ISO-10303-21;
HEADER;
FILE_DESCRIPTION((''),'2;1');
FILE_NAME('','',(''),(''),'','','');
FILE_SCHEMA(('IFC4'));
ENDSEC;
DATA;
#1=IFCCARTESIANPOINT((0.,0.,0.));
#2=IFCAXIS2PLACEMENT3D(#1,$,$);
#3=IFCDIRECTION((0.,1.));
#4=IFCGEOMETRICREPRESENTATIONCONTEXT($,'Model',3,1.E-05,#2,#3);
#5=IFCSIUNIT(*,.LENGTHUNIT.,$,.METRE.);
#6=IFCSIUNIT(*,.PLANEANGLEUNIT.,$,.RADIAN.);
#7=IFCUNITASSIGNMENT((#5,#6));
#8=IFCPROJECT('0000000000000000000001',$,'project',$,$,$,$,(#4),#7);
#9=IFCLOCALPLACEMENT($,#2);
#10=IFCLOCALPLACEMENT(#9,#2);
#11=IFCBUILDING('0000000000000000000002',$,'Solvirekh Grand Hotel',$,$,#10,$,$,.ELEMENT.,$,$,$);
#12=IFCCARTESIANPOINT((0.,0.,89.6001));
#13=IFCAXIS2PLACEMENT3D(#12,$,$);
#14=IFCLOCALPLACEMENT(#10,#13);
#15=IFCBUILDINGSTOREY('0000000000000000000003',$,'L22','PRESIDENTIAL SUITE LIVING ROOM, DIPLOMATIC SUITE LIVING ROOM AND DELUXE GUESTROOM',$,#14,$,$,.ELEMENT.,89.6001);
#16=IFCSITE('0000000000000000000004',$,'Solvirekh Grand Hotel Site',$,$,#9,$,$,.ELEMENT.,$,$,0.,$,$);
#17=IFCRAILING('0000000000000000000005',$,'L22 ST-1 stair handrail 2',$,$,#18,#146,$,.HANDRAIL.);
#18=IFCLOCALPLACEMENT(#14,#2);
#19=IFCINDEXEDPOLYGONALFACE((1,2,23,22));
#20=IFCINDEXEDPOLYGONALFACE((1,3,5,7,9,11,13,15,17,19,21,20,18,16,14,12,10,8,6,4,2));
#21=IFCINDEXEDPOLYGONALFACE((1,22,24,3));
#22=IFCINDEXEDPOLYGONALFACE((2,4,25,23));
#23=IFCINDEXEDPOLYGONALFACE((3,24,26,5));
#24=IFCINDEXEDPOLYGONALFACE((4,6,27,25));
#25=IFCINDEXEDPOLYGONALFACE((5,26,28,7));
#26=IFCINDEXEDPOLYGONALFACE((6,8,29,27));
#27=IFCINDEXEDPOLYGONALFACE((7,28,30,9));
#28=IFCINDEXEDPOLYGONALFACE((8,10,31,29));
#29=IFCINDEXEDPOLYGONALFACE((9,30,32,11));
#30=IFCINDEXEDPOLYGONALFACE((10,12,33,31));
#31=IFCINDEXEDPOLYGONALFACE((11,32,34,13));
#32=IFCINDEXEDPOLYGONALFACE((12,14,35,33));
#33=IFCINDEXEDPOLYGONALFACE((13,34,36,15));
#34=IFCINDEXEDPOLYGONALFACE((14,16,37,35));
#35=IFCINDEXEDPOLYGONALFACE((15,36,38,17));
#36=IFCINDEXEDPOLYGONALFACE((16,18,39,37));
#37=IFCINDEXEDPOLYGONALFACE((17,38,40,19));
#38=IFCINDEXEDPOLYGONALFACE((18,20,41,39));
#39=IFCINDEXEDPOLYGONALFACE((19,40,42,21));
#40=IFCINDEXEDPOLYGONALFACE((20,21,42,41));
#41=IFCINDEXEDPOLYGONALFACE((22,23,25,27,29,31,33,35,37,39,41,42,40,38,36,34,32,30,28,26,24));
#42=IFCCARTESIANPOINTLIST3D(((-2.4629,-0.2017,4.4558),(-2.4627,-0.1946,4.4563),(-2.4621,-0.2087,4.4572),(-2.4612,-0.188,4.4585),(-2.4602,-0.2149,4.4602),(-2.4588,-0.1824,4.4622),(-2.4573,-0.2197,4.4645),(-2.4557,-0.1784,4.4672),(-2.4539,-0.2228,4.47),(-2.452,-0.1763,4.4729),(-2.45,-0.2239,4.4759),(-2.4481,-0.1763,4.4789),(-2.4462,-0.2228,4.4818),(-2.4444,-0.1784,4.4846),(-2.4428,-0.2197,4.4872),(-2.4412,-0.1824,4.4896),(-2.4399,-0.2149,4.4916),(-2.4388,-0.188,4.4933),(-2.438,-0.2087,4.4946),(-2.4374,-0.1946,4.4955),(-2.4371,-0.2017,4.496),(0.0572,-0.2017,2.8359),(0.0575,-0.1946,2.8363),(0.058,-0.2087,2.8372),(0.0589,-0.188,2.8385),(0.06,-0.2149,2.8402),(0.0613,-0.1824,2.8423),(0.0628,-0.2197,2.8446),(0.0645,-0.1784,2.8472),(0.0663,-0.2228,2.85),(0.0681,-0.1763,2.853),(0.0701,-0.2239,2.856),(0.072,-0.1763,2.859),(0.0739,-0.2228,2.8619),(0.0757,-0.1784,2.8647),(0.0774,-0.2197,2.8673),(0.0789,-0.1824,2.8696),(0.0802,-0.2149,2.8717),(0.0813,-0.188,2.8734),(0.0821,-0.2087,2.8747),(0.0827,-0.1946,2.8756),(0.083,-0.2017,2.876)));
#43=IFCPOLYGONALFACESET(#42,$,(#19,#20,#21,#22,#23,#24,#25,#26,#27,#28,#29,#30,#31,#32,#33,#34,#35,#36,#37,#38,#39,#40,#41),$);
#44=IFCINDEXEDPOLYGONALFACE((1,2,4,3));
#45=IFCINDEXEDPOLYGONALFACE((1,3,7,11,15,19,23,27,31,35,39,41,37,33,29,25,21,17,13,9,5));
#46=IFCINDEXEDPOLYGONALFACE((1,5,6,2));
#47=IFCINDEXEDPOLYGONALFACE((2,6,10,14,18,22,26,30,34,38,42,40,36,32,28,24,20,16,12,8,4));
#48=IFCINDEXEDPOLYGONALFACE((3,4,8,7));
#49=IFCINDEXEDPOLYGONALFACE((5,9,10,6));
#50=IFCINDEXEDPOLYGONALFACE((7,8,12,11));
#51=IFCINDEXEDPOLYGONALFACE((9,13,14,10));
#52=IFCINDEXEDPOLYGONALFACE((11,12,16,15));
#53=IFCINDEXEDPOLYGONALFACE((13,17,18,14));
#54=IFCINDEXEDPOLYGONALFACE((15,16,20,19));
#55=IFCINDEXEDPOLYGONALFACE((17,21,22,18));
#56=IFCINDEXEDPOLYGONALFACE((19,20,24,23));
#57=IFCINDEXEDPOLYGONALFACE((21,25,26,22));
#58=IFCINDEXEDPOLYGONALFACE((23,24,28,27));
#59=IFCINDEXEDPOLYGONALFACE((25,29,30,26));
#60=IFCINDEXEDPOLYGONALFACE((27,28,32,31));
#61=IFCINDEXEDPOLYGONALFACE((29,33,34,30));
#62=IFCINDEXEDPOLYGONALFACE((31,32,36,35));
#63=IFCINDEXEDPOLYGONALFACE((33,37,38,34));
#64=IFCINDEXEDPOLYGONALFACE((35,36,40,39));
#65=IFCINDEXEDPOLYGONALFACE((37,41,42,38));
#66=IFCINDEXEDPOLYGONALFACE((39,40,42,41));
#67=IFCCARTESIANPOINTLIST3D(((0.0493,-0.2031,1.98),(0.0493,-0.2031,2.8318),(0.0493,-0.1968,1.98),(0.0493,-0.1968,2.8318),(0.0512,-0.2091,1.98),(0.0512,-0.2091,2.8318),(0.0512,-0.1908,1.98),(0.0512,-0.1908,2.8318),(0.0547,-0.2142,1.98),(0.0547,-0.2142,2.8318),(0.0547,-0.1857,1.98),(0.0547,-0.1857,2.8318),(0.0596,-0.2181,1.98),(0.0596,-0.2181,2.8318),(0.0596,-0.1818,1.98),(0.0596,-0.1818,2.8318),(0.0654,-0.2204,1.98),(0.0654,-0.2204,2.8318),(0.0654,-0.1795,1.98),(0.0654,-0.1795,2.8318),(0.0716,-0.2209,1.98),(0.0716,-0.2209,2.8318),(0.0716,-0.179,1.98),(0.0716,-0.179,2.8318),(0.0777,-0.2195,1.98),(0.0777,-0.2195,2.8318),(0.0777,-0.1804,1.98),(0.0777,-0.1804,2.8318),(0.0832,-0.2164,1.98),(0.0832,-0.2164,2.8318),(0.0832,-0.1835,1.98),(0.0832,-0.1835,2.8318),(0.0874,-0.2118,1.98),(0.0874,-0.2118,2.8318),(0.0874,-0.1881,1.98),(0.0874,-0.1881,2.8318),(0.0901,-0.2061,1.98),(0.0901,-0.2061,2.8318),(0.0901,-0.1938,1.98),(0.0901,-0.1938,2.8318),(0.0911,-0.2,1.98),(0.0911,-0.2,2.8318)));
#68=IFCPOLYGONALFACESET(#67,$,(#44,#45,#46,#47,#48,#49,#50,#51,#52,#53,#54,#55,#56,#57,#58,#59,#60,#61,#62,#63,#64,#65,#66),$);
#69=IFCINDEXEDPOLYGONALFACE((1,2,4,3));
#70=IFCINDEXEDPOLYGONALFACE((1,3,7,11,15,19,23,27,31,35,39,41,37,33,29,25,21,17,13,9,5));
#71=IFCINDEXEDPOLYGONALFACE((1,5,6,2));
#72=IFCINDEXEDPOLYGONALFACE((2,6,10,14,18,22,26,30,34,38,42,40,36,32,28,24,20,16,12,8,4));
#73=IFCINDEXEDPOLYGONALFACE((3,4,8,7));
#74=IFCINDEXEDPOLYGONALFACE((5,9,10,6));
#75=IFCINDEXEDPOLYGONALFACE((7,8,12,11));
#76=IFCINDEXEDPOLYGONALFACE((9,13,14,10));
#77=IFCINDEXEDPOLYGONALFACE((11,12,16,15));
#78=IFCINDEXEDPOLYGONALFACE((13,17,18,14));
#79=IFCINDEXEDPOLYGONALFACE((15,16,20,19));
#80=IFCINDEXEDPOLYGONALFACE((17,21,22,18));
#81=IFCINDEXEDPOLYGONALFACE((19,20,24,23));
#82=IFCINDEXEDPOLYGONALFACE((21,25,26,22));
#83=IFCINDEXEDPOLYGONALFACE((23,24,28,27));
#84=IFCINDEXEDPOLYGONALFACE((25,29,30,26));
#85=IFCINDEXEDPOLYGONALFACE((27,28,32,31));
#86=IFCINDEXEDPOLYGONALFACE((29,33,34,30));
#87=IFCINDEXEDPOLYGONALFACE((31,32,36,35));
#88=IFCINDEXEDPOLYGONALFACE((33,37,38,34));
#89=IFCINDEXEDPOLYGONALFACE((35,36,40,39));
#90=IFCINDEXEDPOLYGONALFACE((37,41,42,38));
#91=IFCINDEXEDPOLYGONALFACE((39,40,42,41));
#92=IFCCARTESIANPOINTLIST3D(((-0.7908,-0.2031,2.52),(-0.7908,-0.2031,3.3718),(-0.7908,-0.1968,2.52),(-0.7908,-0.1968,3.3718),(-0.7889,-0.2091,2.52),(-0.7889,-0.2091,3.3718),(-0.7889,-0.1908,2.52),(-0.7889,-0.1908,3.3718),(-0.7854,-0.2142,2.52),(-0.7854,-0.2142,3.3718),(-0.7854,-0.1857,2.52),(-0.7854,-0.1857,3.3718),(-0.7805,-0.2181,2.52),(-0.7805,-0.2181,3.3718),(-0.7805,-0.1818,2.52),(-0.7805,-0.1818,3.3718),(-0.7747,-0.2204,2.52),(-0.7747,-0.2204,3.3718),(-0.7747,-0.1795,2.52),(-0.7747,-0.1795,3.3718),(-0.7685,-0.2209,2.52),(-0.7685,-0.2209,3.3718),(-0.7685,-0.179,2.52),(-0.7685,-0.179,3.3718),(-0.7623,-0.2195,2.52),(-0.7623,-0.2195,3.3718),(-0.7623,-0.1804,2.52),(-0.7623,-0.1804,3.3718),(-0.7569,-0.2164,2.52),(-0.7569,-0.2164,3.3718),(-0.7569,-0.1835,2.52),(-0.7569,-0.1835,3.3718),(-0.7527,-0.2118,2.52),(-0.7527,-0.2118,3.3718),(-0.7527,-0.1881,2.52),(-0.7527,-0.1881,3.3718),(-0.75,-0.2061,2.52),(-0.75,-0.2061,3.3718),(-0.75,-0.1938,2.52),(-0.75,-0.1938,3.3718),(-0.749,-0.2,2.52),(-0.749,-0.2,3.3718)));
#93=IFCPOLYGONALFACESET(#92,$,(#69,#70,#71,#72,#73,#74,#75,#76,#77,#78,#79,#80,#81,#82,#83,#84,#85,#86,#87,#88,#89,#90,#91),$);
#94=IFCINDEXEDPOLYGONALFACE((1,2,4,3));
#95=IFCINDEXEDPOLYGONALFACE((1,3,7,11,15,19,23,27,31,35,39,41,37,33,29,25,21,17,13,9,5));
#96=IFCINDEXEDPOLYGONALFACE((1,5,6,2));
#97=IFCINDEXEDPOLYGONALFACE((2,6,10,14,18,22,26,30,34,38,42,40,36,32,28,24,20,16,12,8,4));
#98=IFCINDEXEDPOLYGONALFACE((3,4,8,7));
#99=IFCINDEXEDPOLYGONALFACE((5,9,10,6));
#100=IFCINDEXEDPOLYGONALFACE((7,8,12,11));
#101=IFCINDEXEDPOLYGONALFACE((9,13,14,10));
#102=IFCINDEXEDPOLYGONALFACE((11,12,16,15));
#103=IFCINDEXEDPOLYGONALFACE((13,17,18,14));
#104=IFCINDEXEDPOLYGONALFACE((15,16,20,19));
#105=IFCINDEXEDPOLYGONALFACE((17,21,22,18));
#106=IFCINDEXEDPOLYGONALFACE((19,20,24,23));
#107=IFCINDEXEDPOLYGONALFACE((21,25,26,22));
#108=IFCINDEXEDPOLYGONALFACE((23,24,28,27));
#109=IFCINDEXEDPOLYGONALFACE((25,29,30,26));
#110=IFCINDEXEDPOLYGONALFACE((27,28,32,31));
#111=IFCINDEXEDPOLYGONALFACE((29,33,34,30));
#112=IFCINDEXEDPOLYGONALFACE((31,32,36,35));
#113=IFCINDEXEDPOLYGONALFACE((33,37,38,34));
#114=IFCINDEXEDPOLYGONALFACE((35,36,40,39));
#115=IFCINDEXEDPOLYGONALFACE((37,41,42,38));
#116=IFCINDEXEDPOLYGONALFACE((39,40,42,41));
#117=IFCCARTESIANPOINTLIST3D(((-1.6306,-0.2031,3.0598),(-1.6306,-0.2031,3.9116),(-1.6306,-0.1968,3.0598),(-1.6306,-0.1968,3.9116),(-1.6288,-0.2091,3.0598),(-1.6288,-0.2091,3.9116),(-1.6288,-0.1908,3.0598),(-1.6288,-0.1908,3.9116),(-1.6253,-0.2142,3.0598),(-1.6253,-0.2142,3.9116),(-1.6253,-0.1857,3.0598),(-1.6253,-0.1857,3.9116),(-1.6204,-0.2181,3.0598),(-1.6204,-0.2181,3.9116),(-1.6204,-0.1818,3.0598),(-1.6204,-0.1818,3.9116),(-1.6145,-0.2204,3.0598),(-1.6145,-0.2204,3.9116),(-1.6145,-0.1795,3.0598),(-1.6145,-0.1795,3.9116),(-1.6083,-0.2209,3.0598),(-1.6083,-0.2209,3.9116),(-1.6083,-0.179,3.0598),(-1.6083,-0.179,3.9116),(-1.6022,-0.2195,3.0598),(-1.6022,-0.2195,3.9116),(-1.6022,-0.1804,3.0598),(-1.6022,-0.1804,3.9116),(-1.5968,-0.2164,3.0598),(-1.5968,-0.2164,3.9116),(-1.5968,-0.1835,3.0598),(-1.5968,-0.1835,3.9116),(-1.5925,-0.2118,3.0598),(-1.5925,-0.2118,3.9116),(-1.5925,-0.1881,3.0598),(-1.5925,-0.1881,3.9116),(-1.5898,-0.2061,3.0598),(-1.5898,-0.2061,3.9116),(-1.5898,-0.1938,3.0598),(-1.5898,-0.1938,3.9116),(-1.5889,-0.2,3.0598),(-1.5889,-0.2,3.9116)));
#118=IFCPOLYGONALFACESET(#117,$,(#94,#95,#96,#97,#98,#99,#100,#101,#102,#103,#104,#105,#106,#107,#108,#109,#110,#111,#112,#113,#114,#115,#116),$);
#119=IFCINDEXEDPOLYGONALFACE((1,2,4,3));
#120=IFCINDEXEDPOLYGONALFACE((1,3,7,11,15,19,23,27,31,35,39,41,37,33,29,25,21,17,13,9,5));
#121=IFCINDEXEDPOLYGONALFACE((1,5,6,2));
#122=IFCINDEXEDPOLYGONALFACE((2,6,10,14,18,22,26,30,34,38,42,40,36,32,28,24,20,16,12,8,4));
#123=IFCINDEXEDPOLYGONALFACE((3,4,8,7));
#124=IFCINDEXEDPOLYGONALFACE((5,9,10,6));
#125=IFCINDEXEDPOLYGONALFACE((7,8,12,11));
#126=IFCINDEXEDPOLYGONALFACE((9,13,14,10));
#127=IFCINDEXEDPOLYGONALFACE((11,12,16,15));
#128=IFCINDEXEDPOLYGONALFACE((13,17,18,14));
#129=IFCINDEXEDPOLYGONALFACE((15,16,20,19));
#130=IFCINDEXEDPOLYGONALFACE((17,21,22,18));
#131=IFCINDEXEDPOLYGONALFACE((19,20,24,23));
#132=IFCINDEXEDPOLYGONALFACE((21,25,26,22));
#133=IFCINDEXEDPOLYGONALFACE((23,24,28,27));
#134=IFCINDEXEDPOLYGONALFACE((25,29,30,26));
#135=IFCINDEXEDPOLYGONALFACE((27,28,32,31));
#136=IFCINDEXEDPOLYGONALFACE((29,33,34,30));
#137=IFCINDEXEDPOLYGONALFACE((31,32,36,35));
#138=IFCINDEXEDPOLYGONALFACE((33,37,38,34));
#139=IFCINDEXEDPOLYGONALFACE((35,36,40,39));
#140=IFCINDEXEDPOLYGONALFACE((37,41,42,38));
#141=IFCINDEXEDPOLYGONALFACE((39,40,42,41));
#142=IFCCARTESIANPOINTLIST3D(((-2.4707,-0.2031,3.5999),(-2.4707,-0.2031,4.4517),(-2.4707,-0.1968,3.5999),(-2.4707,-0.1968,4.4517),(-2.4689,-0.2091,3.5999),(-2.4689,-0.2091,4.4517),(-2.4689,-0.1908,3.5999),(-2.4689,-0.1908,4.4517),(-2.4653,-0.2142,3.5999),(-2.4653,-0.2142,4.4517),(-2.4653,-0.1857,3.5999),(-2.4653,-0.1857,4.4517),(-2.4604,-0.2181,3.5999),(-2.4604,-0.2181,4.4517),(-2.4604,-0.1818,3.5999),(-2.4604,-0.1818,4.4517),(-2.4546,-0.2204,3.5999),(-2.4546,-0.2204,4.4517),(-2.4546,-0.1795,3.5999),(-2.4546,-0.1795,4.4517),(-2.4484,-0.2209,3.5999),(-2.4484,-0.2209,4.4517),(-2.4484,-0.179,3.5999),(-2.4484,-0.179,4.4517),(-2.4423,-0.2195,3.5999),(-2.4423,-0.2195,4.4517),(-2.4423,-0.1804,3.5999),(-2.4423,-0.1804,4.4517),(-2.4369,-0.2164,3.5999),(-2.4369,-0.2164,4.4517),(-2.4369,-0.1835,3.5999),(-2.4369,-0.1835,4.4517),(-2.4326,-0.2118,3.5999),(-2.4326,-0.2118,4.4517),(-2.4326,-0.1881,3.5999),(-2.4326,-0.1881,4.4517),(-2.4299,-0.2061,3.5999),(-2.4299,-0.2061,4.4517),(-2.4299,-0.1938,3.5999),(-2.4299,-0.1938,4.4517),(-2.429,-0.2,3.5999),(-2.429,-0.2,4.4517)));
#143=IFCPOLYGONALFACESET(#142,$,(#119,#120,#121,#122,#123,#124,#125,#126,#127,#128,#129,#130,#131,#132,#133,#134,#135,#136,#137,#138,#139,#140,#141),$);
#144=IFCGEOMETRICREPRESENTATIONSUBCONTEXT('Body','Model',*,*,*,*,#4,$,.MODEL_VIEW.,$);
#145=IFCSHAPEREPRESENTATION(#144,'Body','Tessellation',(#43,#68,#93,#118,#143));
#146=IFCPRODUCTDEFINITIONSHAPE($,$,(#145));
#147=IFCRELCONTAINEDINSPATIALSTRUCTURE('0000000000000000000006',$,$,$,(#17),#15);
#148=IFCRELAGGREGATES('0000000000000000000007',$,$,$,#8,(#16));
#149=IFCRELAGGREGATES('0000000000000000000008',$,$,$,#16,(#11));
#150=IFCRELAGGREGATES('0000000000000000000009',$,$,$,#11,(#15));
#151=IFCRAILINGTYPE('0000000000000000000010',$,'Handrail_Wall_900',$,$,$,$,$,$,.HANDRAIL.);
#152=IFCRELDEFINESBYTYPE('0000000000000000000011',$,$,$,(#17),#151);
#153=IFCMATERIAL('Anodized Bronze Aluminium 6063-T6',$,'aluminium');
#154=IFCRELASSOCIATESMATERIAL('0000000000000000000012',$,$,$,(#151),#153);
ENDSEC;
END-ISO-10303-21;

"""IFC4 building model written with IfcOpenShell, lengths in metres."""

from ifc_helpers import new_model, si_unit, direction, frame, origin, origin_2d, place, context, subcontext, project, spatial, circle, extrude, material, type_object, element, save


model = new_model("IFC4")

# Units and contexts
model_context = context("Model", 3, precision=1e-05, world=origin(), true_north=direction((0.0, 1.0)))
body_context = subcontext(model_context, "Body", "Model", "MODEL_VIEW")
ifc_project = project(units=[si_unit("LENGTHUNIT", "METRE"), si_unit("PLANEANGLEUNIT", "RADIAN")], contexts=[model_context])

# Site, building, storey
site_placement = place(None, origin())
site = spatial("IfcSite", under=ifc_project, at=site_placement, Name="Solvirekh Grand Hotel Site", CompositionType="ELEMENT", RefElevation=0.0)
building_placement = place(site_placement, origin())
building = spatial("IfcBuilding", under=site, at=building_placement, Name="Solvirekh Grand Hotel", CompositionType="ELEMENT")
storey_placement = place(building_placement, frame((0.0, 0.0, 89.6001)))
storey = spatial("IfcBuildingStorey", under=building, at=storey_placement, Name="L22", Description="PRESIDENTIAL SUITE LIVING ROOM, DIPLOMATIC SUITE LIVING ROOM AND DELUXE GUESTROOM", CompositionType="ELEMENT", Elevation=89.6001)

# Shared definitions
ifc_material_1 = material(Name="Anodized Bronze Aluminium 6063-T6", Category="aluminium")

# Railing
railing_type_1 = type_object("IfcRailingType", Name="Handrail_Wall_900", PredefinedType="HANDRAIL", material=ifc_material_1)
railing_1_placement = place(storey_placement, frame((0.0701, -0.2, 1.98)))
element("IfcRailing", 1, at=railing_1_placement, inside=storey, type_object=railing_type_1, Name="L22 ST-1 stair handrail 2", PredefinedType="HANDRAIL", context=body_context, shape_type="SweptSolid", body=[
    extrude(circle(Radius=0.0239, at=origin_2d()), frame((0.0, 0.0, 0.876), z_axis=(-0.8412, 0.0, 0.540725), x_axis=(0.0, -1.0, 0.0)), (0.0, 0.0, 1.0), 2.9958),
    extrude(circle(Radius=0.021, at=origin_2d()), origin(), (0.0, 0.0, 1.0), 0.8518),
    extrude(circle(Radius=0.021, at=origin_2d()), frame((-0.8401, 0.0, 0.54)), (0.0, 0.0, 1.0), 0.8518),
    extrude(circle(Radius=0.021, at=origin_2d()), frame((-1.6799, 0.0, 1.0798)), (0.0, 0.0, 1.0), 0.8518),
    extrude(circle(Radius=0.021, at=origin_2d()), frame((-2.52, 0.0, 1.6199)), (0.0, 0.0, 1.0), 0.8518),
])

save(model, "model.ifc")
